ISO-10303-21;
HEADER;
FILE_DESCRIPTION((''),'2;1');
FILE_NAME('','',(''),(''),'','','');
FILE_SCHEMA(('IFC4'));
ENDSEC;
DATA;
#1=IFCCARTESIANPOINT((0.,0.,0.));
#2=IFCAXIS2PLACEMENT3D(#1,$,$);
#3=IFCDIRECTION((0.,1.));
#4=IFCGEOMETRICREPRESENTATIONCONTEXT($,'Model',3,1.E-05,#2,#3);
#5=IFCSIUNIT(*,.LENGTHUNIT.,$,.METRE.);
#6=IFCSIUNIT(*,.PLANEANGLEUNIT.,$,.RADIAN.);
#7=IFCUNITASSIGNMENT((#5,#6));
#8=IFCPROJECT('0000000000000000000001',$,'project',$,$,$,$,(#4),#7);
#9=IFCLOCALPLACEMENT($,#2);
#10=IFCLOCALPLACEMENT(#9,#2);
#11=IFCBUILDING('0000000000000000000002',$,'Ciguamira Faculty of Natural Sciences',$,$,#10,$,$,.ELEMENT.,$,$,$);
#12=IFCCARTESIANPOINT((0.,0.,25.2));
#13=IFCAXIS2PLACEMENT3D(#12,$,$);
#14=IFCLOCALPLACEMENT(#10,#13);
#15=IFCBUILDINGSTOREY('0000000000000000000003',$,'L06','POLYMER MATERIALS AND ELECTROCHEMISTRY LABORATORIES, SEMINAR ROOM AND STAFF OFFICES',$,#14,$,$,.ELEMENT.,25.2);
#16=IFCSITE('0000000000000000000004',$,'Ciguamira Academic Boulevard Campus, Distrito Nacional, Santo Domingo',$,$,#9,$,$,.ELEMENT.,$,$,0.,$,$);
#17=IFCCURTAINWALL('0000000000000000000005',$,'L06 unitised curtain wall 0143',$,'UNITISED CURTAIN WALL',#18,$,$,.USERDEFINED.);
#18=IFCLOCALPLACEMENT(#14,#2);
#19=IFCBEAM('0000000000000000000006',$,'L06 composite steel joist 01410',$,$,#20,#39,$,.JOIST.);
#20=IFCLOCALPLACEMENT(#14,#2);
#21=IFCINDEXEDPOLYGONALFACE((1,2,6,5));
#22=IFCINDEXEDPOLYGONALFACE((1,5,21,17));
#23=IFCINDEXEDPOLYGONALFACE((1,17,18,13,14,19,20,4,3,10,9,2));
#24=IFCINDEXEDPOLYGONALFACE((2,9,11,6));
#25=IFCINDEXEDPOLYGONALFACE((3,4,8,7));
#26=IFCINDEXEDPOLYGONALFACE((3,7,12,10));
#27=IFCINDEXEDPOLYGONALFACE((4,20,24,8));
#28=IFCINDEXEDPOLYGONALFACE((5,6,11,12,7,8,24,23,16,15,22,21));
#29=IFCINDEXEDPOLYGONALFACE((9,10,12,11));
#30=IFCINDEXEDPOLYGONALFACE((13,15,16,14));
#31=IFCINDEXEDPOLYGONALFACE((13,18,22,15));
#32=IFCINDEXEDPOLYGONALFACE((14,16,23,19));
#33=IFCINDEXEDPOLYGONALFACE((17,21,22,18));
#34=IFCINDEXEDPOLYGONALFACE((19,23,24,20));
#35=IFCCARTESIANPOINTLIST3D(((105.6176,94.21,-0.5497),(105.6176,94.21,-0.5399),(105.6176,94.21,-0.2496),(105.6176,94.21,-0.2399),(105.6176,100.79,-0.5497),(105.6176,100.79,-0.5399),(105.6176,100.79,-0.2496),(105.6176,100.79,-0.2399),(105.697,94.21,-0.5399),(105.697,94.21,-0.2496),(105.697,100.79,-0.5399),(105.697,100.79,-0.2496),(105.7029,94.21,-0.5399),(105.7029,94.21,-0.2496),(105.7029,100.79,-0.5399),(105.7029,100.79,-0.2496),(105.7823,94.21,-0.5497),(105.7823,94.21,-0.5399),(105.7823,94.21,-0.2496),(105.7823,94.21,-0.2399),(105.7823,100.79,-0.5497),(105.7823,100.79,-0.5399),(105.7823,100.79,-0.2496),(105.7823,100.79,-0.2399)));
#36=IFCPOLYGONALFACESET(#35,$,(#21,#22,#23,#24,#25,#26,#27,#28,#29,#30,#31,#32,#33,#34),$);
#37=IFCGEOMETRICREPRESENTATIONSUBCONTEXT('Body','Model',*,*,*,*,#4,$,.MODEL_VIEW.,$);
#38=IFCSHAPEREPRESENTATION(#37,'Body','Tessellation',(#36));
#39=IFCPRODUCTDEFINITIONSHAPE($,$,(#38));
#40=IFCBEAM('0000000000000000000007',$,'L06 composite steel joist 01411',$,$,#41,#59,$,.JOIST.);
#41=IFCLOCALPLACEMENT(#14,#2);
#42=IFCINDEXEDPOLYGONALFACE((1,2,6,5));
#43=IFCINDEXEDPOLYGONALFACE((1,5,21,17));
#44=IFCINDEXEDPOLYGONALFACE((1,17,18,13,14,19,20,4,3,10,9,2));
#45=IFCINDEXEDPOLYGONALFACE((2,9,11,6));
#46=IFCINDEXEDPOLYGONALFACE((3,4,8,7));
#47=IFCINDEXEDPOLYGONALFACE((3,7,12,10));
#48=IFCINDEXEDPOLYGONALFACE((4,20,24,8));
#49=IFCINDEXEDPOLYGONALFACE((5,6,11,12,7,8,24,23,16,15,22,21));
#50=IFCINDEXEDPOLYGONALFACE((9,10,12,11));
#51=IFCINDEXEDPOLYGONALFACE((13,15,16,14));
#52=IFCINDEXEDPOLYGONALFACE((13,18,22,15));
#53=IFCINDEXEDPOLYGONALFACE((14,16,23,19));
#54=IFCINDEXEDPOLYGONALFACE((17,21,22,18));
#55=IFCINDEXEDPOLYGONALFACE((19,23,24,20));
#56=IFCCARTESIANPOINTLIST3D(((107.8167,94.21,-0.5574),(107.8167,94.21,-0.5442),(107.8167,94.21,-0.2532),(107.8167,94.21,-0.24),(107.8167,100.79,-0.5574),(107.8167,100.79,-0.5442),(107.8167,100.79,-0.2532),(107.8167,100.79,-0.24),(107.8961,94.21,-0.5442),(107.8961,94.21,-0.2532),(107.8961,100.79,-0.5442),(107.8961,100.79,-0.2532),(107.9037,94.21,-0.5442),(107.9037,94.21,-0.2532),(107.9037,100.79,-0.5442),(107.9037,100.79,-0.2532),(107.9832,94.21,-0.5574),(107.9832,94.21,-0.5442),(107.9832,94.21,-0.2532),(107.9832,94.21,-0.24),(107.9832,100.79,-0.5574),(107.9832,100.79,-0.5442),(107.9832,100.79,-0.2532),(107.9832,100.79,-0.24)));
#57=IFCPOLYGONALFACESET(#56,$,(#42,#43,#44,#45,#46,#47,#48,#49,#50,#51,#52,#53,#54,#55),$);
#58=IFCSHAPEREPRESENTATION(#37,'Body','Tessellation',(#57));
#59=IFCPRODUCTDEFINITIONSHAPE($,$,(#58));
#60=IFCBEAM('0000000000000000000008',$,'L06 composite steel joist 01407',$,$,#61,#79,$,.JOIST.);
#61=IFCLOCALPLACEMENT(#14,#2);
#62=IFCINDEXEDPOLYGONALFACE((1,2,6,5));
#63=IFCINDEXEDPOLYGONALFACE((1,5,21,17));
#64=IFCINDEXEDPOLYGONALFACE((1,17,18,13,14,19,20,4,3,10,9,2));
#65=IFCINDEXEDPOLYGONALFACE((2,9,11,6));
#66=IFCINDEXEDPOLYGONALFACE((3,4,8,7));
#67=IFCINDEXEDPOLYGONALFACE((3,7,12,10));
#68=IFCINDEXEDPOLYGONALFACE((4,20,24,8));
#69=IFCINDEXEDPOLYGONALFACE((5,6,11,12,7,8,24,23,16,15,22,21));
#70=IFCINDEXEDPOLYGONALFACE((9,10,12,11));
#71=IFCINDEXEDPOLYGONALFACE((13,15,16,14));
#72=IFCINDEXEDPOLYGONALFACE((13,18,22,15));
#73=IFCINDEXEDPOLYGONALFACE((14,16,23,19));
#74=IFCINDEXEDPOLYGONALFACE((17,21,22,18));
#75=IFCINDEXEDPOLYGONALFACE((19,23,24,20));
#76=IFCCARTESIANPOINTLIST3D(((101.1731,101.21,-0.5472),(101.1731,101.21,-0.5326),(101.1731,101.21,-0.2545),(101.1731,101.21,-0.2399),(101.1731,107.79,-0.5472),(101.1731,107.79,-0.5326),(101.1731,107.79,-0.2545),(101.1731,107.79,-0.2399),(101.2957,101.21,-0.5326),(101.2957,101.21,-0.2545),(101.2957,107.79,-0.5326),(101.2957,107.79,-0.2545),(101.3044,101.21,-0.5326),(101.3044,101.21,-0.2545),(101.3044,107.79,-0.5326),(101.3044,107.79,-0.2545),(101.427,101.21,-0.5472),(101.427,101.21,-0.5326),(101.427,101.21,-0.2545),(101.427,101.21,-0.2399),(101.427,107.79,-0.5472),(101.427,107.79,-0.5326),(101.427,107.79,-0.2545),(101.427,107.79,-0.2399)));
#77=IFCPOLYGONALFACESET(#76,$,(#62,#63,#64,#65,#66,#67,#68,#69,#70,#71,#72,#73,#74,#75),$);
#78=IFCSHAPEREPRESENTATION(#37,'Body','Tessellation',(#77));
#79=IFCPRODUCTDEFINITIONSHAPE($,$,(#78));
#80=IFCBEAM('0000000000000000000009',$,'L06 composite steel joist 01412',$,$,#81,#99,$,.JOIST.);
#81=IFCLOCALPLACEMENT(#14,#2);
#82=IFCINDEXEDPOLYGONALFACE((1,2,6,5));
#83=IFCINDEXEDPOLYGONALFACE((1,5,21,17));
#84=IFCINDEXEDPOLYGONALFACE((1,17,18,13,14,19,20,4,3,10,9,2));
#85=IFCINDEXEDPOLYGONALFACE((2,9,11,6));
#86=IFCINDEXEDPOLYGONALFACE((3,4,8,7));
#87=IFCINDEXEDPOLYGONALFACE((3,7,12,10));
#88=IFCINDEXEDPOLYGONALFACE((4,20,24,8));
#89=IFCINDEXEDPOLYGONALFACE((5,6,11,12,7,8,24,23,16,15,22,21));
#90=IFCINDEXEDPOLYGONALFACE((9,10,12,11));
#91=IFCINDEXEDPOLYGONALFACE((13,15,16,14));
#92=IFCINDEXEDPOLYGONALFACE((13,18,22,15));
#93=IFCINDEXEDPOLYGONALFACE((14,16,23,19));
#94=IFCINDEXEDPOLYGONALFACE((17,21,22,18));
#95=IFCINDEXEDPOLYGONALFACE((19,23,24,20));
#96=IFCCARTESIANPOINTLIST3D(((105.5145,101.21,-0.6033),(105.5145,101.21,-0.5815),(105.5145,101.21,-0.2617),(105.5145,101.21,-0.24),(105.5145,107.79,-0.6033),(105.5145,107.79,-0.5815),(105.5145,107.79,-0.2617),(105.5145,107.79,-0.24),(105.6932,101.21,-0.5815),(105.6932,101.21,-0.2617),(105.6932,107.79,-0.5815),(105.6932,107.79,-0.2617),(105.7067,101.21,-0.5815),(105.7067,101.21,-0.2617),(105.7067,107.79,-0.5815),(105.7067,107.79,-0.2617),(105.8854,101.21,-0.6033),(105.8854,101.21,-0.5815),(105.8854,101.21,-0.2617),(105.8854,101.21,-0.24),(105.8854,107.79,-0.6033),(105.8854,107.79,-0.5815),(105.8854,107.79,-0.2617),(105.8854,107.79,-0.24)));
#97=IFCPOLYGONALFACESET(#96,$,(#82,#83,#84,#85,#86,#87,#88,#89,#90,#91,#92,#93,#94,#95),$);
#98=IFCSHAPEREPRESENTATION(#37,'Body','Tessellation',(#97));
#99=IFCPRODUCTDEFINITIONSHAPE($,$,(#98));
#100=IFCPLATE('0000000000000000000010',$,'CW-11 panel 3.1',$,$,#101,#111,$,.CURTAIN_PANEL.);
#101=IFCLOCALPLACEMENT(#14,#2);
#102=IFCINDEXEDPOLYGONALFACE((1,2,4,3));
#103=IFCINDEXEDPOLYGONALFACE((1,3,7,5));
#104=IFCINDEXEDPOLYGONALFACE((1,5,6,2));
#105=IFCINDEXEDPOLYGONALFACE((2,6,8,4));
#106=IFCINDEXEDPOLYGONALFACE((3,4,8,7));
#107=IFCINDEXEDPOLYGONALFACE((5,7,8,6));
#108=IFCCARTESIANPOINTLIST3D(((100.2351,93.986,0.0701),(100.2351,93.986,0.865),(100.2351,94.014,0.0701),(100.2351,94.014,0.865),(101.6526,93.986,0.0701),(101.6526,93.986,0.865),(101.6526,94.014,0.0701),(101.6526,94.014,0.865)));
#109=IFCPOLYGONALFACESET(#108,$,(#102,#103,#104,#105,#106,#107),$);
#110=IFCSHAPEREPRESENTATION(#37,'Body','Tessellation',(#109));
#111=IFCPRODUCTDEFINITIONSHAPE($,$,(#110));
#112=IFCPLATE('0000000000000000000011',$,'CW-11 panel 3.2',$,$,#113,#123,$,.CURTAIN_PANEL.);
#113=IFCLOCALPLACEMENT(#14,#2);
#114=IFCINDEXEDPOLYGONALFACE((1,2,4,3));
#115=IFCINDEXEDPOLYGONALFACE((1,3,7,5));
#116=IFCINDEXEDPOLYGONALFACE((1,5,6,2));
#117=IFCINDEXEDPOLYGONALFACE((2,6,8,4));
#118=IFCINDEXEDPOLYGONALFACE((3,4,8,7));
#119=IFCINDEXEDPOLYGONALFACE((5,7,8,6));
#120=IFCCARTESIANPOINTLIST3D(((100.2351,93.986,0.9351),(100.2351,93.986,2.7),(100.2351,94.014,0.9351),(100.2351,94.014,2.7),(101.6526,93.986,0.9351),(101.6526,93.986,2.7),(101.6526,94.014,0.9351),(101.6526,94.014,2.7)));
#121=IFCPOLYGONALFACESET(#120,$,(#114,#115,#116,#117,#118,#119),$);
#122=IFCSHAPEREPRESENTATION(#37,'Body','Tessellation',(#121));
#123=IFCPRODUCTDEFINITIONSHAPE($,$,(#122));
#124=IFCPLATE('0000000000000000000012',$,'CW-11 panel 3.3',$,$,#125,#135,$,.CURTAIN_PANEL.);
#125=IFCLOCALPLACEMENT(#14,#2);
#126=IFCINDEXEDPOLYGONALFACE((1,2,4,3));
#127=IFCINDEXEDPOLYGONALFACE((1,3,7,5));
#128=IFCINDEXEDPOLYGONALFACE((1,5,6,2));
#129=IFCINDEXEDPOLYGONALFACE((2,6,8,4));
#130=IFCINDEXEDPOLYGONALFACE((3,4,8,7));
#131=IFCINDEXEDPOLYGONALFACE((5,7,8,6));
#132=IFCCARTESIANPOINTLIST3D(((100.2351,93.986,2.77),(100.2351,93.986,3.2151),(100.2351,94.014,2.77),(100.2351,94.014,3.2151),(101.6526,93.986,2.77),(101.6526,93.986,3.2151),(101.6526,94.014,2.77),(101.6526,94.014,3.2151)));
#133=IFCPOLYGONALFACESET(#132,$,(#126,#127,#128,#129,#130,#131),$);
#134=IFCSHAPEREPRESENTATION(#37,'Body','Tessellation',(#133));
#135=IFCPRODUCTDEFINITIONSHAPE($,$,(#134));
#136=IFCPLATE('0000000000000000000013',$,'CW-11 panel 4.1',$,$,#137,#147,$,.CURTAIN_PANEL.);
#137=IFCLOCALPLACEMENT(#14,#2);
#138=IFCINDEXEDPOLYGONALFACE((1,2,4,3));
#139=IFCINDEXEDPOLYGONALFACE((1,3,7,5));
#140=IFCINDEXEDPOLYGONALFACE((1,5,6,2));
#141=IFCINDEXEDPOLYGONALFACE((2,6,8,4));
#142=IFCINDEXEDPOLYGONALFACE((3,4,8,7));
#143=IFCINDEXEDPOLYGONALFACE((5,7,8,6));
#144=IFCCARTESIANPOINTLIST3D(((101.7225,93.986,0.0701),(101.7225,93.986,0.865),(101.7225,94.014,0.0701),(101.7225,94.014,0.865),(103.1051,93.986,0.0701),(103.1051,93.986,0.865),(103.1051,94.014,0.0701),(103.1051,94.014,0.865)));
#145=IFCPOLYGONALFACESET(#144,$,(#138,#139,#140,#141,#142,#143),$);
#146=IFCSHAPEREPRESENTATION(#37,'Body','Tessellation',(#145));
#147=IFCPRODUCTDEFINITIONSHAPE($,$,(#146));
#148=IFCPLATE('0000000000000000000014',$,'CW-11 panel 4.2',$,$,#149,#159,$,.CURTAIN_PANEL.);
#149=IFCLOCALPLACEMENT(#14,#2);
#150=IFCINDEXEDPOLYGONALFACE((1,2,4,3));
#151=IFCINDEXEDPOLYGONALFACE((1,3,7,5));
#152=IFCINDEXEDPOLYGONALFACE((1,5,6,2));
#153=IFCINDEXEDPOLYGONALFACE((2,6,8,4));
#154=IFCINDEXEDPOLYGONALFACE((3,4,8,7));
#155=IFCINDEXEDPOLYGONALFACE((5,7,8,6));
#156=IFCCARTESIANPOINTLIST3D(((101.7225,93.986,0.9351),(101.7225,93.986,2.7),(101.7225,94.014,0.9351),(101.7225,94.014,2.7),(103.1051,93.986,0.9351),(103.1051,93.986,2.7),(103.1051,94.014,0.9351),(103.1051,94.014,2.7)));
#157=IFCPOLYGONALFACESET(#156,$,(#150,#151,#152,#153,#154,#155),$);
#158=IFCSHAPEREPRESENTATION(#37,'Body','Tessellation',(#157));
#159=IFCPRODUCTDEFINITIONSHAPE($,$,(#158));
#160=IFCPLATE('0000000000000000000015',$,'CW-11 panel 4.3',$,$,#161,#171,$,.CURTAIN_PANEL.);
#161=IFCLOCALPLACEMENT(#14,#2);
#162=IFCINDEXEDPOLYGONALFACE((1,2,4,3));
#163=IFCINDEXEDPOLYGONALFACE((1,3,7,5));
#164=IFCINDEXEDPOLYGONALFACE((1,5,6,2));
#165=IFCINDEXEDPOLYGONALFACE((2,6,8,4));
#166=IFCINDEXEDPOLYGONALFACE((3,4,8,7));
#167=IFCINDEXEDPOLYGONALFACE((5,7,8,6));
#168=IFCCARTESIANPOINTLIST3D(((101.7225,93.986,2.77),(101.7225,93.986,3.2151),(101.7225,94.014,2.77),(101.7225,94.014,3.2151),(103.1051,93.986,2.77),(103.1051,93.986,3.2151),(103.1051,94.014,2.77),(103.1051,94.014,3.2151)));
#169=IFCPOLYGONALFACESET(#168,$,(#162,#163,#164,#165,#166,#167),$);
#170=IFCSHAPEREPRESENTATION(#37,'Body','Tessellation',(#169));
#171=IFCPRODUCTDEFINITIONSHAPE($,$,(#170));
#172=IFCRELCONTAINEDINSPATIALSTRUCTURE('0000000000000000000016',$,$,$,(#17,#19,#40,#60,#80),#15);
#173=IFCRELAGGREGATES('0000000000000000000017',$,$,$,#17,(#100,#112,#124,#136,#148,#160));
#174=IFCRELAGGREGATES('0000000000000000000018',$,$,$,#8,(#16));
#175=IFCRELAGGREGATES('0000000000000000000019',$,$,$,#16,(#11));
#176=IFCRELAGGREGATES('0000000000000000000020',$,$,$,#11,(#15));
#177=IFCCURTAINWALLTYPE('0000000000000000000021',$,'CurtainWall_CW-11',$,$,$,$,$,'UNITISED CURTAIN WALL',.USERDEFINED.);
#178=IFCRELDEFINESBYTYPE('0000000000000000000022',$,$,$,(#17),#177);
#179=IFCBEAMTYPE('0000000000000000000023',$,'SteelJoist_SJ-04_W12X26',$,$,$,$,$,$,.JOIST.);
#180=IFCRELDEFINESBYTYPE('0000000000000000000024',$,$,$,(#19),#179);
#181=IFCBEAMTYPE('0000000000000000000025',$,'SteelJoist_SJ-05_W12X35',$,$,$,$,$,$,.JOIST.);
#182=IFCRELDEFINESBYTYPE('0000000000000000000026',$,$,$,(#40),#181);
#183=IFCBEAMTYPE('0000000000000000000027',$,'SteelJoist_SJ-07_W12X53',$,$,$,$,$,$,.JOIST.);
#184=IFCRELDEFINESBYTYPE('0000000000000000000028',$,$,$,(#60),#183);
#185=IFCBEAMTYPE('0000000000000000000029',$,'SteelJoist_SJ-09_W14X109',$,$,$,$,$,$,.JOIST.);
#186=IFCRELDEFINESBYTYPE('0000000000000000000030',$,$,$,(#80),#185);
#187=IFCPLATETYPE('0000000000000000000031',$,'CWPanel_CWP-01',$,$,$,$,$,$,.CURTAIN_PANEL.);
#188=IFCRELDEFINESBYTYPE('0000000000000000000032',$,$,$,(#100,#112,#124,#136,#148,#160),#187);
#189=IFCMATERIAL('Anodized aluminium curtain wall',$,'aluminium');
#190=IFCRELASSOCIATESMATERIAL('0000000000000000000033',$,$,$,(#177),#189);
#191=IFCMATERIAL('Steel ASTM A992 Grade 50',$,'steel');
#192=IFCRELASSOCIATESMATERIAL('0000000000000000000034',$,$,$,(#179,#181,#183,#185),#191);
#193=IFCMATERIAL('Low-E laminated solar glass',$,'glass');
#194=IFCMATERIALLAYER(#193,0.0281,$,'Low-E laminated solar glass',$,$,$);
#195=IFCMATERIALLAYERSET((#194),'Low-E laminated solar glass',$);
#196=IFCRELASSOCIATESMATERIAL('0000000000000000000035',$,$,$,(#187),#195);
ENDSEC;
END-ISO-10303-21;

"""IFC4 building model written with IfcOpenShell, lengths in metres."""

from ifc_helpers import new_model, si_unit, direction, frame, origin, origin_2d, place, context, subcontext, project, spatial, rectangle, i_section, extrude, material, layer, layer_set, material_profile, profile_set, type_object, element, aggregate, save


model = new_model("IFC4")

# Units and contexts
model_context = context("Model", 3, precision=1e-05, world=origin(), true_north=direction((0.0, 1.0)))
body_context = subcontext(model_context, "Body", "Model", "MODEL_VIEW")
ifc_project = project(units=[si_unit("LENGTHUNIT", "METRE"), si_unit("PLANEANGLEUNIT", "RADIAN")], contexts=[model_context])

# Site, building, storey
site_placement = place(None, origin())
site = spatial("IfcSite", under=ifc_project, at=site_placement, Name="Ciguamira Academic Boulevard Campus, Distrito Nacional, Santo Domingo", CompositionType="ELEMENT", RefElevation=0.0)
building_placement = place(site_placement, origin())
building = spatial("IfcBuilding", under=site, at=building_placement, Name="Ciguamira Faculty of Natural Sciences", CompositionType="ELEMENT")
storey_placement = place(building_placement, frame((0.0, 0.0, 25.2)))
storey = spatial("IfcBuildingStorey", under=building, at=storey_placement, Name="L06", Description="POLYMER MATERIALS AND ELECTROCHEMISTRY LABORATORIES, SEMINAR ROOM AND STAFF OFFICES", CompositionType="ELEMENT", Elevation=25.2)

# Curtain wall
ifc_material_1 = material(Name="Anodized aluminium curtain wall", Category="aluminium")
curtain_wall_type = type_object("IfcCurtainWallType", Name="CurtainWall_CW-11", ElementType="UNITISED CURTAIN WALL", PredefinedType="USERDEFINED", material=ifc_material_1)
curtain_wall_placement = place(storey_placement, origin())
curtain_wall = element("IfcCurtainWall", 1, at=curtain_wall_placement, inside=storey, type_object=curtain_wall_type, Name="L06 unitised curtain wall 0143", ObjectType="UNITISED CURTAIN WALL", PredefinedType="USERDEFINED")

# Beams
ifc_material_2 = material(Name="Steel ASTM A992 Grade 50", Category="steel")
ifc_material_profile_1 = material_profile(ifc_material_2, i_section(OverallWidth=0.1648, OverallDepth=0.3098, WebThickness=0.0059, FlangeThickness=0.0098, at=origin_2d()), Name="W12X26")
ifc_profile_set_1 = profile_set([ifc_material_profile_1], Name="Steel ASTM A992 Grade 50")
beam_type_1 = type_object("IfcBeamType", Name="SteelJoist_SJ-04_W12X26", PredefinedType="JOIST", material=ifc_profile_set_1)
beam_1_placement = place(storey_placement, frame((105.7, 94.21, -0.3948), z_axis=(0.0, 1.0, 0.0), x_axis=(-1.0, 0.0, 0.0)))
element("IfcBeam", 2, at=beam_1_placement, inside=storey, type_object=beam_type_1, Name="L06 composite steel joist 01410", PredefinedType="JOIST", context=body_context, shape_type="SweptSolid", body=[
    extrude(i_section(OverallWidth=0.1648, OverallDepth=0.3098, WebThickness=0.0059, FlangeThickness=0.0098, at=origin_2d()), origin(), (0.0, 0.0, 1.0), 6.5801),
])
ifc_material_profile_2 = material_profile(ifc_material_2, i_section(OverallWidth=0.1665, OverallDepth=0.3174, WebThickness=0.0076, FlangeThickness=0.0132, at=origin_2d()), Name="W12X35")
ifc_profile_set_2 = profile_set([ifc_material_profile_2], Name="Steel ASTM A992 Grade 50")
beam_type_2 = type_object("IfcBeamType", Name="SteelJoist_SJ-05_W12X35", PredefinedType="JOIST", material=ifc_profile_set_2)
beam_2_placement = place(storey_placement, frame((107.8999, 94.21, -0.3987), z_axis=(0.0, 1.0, 0.0), x_axis=(-1.0, 0.0, 0.0)))
element("IfcBeam", 3, at=beam_2_placement, inside=storey, type_object=beam_type_2, Name="L06 composite steel joist 01411", PredefinedType="JOIST", context=body_context, shape_type="SweptSolid", body=[
    extrude(i_section(OverallWidth=0.1665, OverallDepth=0.3174, WebThickness=0.0076, FlangeThickness=0.0132, at=origin_2d()), origin(), (0.0, 0.0, 1.0), 6.5801),
])
ifc_material_profile_3 = material_profile(ifc_material_2, i_section(OverallWidth=0.2539, OverallDepth=0.3074, WebThickness=0.0088, FlangeThickness=0.0146, at=origin_2d()), Name="W12X53")
ifc_profile_set_3 = profile_set([ifc_material_profile_3], Name="Steel ASTM A992 Grade 50")
beam_type_3 = type_object("IfcBeamType", Name="SteelJoist_SJ-07_W12X53", PredefinedType="JOIST", material=ifc_profile_set_3)
beam_3_placement = place(storey_placement, frame((101.3, 101.21, -0.3936), z_axis=(0.0, 1.0, 0.0), x_axis=(-1.0, 0.0, 0.0)))
element("IfcBeam", 4, at=beam_3_placement, inside=storey, type_object=beam_type_3, Name="L06 composite steel joist 01407", PredefinedType="JOIST", context=body_context, shape_type="SweptSolid", body=[
    extrude(i_section(OverallWidth=0.2539, OverallDepth=0.3074, WebThickness=0.0088, FlangeThickness=0.0146, at=origin_2d()), origin(), (0.0, 0.0, 1.0), 6.5801),
])
ifc_material_profile_4 = material_profile(ifc_material_2, i_section(OverallWidth=0.3708, OverallDepth=0.3633, WebThickness=0.0134, FlangeThickness=0.0217, at=origin_2d()), Name="W14X109")
ifc_profile_set_4 = profile_set([ifc_material_profile_4], Name="Steel ASTM A992 Grade 50")
beam_type_4 = type_object("IfcBeamType", Name="SteelJoist_SJ-09_W14X109", PredefinedType="JOIST", material=ifc_profile_set_4)
beam_4_placement = place(storey_placement, frame((105.7, 101.21, -0.4216), z_axis=(0.0, 1.0, 0.0), x_axis=(-1.0, 0.0, 0.0)))
element("IfcBeam", 5, at=beam_4_placement, inside=storey, type_object=beam_type_4, Name="L06 composite steel joist 01412", PredefinedType="JOIST", context=body_context, shape_type="SweptSolid", body=[
    extrude(i_section(OverallWidth=0.3708, OverallDepth=0.3633, WebThickness=0.0134, FlangeThickness=0.0217, at=origin_2d()), origin(), (0.0, 0.0, 1.0), 6.5801),
])

# Plates
ifc_material_3 = material(Name="Low-E laminated solar glass", Category="glass")
ifc_layer_1 = layer(ifc_material_3, 0.0281, Name="Low-E laminated solar glass")
ifc_layer_set_1 = layer_set([ifc_layer_1], Name="Low-E laminated solar glass")
plate_type = type_object("IfcPlateType", Name="CWPanel_CWP-01", PredefinedType="CURTAIN_PANEL", material=ifc_layer_set_1)
plate_1_placement = place(storey_placement, frame((100.9438, 94.0, 0.0701), z_axis=(0.0, 0.0, 1.0), x_axis=(1.0, 0.0, 0.0)))
plate_1 = element("IfcPlate", 6, at=plate_1_placement, type_object=plate_type, Name="CW-11 panel 3.1", PredefinedType="CURTAIN_PANEL", context=body_context, shape_type="SweptSolid", body=[
    extrude(rectangle(XDim=1.4175, YDim=0.0281, at=origin_2d()), origin(), (0.0, 0.0, 1.0), 0.7949),
])
plate_2_placement = place(storey_placement, frame((100.9438, 94.0, 0.9351), z_axis=(0.0, 0.0, 1.0), x_axis=(1.0, 0.0, 0.0)))
plate_2 = element("IfcPlate", 7, at=plate_2_placement, type_object=plate_type, Name="CW-11 panel 3.2", PredefinedType="CURTAIN_PANEL", context=body_context, shape_type="SweptSolid", body=[
    extrude(rectangle(XDim=1.4175, YDim=0.0281, at=origin_2d()), origin(), (0.0, 0.0, 1.0), 1.7649),
])
plate_3_placement = place(storey_placement, frame((100.9438, 94.0, 2.77), z_axis=(0.0, 0.0, 1.0), x_axis=(1.0, 0.0, 0.0)))
plate_3 = element("IfcPlate", 8, at=plate_3_placement, type_object=plate_type, Name="CW-11 panel 3.3", PredefinedType="CURTAIN_PANEL", context=body_context, shape_type="SweptSolid", body=[
    extrude(rectangle(XDim=1.4175, YDim=0.0281, at=origin_2d()), origin(), (0.0, 0.0, 1.0), 0.4451),
])
plate_4_placement = place(storey_placement, frame((102.4138, 94.0, 0.0701), z_axis=(0.0, 0.0, 1.0), x_axis=(1.0, 0.0, 0.0)))
plate_4 = element("IfcPlate", 9, at=plate_4_placement, type_object=plate_type, Name="CW-11 panel 4.1", PredefinedType="CURTAIN_PANEL", context=body_context, shape_type="SweptSolid", body=[
    extrude(rectangle(XDim=1.3826, YDim=0.0281, at=origin_2d()), origin(), (0.0, 0.0, 1.0), 0.7949),
])
plate_5_placement = place(storey_placement, frame((102.4138, 94.0, 0.9351), z_axis=(0.0, 0.0, 1.0), x_axis=(1.0, 0.0, 0.0)))
plate_5 = element("IfcPlate", 10, at=plate_5_placement, type_object=plate_type, Name="CW-11 panel 4.2", PredefinedType="CURTAIN_PANEL", context=body_context, shape_type="SweptSolid", body=[
    extrude(rectangle(XDim=1.3826, YDim=0.0281, at=origin_2d()), origin(), (0.0, 0.0, 1.0), 1.7649),
])
plate_6_placement = place(storey_placement, frame((102.4138, 94.0, 2.77), z_axis=(0.0, 0.0, 1.0), x_axis=(1.0, 0.0, 0.0)))
plate_6 = element("IfcPlate", 11, at=plate_6_placement, type_object=plate_type, Name="CW-11 panel 4.3", PredefinedType="CURTAIN_PANEL", context=body_context, shape_type="SweptSolid", body=[
    extrude(rectangle(XDim=1.3826, YDim=0.0281, at=origin_2d()), origin(), (0.0, 0.0, 1.0), 0.4451),
])
aggregate(curtain_wall, [plate_1, plate_2, plate_3, plate_4, plate_5, plate_6])

save(model, "model.ifc")
